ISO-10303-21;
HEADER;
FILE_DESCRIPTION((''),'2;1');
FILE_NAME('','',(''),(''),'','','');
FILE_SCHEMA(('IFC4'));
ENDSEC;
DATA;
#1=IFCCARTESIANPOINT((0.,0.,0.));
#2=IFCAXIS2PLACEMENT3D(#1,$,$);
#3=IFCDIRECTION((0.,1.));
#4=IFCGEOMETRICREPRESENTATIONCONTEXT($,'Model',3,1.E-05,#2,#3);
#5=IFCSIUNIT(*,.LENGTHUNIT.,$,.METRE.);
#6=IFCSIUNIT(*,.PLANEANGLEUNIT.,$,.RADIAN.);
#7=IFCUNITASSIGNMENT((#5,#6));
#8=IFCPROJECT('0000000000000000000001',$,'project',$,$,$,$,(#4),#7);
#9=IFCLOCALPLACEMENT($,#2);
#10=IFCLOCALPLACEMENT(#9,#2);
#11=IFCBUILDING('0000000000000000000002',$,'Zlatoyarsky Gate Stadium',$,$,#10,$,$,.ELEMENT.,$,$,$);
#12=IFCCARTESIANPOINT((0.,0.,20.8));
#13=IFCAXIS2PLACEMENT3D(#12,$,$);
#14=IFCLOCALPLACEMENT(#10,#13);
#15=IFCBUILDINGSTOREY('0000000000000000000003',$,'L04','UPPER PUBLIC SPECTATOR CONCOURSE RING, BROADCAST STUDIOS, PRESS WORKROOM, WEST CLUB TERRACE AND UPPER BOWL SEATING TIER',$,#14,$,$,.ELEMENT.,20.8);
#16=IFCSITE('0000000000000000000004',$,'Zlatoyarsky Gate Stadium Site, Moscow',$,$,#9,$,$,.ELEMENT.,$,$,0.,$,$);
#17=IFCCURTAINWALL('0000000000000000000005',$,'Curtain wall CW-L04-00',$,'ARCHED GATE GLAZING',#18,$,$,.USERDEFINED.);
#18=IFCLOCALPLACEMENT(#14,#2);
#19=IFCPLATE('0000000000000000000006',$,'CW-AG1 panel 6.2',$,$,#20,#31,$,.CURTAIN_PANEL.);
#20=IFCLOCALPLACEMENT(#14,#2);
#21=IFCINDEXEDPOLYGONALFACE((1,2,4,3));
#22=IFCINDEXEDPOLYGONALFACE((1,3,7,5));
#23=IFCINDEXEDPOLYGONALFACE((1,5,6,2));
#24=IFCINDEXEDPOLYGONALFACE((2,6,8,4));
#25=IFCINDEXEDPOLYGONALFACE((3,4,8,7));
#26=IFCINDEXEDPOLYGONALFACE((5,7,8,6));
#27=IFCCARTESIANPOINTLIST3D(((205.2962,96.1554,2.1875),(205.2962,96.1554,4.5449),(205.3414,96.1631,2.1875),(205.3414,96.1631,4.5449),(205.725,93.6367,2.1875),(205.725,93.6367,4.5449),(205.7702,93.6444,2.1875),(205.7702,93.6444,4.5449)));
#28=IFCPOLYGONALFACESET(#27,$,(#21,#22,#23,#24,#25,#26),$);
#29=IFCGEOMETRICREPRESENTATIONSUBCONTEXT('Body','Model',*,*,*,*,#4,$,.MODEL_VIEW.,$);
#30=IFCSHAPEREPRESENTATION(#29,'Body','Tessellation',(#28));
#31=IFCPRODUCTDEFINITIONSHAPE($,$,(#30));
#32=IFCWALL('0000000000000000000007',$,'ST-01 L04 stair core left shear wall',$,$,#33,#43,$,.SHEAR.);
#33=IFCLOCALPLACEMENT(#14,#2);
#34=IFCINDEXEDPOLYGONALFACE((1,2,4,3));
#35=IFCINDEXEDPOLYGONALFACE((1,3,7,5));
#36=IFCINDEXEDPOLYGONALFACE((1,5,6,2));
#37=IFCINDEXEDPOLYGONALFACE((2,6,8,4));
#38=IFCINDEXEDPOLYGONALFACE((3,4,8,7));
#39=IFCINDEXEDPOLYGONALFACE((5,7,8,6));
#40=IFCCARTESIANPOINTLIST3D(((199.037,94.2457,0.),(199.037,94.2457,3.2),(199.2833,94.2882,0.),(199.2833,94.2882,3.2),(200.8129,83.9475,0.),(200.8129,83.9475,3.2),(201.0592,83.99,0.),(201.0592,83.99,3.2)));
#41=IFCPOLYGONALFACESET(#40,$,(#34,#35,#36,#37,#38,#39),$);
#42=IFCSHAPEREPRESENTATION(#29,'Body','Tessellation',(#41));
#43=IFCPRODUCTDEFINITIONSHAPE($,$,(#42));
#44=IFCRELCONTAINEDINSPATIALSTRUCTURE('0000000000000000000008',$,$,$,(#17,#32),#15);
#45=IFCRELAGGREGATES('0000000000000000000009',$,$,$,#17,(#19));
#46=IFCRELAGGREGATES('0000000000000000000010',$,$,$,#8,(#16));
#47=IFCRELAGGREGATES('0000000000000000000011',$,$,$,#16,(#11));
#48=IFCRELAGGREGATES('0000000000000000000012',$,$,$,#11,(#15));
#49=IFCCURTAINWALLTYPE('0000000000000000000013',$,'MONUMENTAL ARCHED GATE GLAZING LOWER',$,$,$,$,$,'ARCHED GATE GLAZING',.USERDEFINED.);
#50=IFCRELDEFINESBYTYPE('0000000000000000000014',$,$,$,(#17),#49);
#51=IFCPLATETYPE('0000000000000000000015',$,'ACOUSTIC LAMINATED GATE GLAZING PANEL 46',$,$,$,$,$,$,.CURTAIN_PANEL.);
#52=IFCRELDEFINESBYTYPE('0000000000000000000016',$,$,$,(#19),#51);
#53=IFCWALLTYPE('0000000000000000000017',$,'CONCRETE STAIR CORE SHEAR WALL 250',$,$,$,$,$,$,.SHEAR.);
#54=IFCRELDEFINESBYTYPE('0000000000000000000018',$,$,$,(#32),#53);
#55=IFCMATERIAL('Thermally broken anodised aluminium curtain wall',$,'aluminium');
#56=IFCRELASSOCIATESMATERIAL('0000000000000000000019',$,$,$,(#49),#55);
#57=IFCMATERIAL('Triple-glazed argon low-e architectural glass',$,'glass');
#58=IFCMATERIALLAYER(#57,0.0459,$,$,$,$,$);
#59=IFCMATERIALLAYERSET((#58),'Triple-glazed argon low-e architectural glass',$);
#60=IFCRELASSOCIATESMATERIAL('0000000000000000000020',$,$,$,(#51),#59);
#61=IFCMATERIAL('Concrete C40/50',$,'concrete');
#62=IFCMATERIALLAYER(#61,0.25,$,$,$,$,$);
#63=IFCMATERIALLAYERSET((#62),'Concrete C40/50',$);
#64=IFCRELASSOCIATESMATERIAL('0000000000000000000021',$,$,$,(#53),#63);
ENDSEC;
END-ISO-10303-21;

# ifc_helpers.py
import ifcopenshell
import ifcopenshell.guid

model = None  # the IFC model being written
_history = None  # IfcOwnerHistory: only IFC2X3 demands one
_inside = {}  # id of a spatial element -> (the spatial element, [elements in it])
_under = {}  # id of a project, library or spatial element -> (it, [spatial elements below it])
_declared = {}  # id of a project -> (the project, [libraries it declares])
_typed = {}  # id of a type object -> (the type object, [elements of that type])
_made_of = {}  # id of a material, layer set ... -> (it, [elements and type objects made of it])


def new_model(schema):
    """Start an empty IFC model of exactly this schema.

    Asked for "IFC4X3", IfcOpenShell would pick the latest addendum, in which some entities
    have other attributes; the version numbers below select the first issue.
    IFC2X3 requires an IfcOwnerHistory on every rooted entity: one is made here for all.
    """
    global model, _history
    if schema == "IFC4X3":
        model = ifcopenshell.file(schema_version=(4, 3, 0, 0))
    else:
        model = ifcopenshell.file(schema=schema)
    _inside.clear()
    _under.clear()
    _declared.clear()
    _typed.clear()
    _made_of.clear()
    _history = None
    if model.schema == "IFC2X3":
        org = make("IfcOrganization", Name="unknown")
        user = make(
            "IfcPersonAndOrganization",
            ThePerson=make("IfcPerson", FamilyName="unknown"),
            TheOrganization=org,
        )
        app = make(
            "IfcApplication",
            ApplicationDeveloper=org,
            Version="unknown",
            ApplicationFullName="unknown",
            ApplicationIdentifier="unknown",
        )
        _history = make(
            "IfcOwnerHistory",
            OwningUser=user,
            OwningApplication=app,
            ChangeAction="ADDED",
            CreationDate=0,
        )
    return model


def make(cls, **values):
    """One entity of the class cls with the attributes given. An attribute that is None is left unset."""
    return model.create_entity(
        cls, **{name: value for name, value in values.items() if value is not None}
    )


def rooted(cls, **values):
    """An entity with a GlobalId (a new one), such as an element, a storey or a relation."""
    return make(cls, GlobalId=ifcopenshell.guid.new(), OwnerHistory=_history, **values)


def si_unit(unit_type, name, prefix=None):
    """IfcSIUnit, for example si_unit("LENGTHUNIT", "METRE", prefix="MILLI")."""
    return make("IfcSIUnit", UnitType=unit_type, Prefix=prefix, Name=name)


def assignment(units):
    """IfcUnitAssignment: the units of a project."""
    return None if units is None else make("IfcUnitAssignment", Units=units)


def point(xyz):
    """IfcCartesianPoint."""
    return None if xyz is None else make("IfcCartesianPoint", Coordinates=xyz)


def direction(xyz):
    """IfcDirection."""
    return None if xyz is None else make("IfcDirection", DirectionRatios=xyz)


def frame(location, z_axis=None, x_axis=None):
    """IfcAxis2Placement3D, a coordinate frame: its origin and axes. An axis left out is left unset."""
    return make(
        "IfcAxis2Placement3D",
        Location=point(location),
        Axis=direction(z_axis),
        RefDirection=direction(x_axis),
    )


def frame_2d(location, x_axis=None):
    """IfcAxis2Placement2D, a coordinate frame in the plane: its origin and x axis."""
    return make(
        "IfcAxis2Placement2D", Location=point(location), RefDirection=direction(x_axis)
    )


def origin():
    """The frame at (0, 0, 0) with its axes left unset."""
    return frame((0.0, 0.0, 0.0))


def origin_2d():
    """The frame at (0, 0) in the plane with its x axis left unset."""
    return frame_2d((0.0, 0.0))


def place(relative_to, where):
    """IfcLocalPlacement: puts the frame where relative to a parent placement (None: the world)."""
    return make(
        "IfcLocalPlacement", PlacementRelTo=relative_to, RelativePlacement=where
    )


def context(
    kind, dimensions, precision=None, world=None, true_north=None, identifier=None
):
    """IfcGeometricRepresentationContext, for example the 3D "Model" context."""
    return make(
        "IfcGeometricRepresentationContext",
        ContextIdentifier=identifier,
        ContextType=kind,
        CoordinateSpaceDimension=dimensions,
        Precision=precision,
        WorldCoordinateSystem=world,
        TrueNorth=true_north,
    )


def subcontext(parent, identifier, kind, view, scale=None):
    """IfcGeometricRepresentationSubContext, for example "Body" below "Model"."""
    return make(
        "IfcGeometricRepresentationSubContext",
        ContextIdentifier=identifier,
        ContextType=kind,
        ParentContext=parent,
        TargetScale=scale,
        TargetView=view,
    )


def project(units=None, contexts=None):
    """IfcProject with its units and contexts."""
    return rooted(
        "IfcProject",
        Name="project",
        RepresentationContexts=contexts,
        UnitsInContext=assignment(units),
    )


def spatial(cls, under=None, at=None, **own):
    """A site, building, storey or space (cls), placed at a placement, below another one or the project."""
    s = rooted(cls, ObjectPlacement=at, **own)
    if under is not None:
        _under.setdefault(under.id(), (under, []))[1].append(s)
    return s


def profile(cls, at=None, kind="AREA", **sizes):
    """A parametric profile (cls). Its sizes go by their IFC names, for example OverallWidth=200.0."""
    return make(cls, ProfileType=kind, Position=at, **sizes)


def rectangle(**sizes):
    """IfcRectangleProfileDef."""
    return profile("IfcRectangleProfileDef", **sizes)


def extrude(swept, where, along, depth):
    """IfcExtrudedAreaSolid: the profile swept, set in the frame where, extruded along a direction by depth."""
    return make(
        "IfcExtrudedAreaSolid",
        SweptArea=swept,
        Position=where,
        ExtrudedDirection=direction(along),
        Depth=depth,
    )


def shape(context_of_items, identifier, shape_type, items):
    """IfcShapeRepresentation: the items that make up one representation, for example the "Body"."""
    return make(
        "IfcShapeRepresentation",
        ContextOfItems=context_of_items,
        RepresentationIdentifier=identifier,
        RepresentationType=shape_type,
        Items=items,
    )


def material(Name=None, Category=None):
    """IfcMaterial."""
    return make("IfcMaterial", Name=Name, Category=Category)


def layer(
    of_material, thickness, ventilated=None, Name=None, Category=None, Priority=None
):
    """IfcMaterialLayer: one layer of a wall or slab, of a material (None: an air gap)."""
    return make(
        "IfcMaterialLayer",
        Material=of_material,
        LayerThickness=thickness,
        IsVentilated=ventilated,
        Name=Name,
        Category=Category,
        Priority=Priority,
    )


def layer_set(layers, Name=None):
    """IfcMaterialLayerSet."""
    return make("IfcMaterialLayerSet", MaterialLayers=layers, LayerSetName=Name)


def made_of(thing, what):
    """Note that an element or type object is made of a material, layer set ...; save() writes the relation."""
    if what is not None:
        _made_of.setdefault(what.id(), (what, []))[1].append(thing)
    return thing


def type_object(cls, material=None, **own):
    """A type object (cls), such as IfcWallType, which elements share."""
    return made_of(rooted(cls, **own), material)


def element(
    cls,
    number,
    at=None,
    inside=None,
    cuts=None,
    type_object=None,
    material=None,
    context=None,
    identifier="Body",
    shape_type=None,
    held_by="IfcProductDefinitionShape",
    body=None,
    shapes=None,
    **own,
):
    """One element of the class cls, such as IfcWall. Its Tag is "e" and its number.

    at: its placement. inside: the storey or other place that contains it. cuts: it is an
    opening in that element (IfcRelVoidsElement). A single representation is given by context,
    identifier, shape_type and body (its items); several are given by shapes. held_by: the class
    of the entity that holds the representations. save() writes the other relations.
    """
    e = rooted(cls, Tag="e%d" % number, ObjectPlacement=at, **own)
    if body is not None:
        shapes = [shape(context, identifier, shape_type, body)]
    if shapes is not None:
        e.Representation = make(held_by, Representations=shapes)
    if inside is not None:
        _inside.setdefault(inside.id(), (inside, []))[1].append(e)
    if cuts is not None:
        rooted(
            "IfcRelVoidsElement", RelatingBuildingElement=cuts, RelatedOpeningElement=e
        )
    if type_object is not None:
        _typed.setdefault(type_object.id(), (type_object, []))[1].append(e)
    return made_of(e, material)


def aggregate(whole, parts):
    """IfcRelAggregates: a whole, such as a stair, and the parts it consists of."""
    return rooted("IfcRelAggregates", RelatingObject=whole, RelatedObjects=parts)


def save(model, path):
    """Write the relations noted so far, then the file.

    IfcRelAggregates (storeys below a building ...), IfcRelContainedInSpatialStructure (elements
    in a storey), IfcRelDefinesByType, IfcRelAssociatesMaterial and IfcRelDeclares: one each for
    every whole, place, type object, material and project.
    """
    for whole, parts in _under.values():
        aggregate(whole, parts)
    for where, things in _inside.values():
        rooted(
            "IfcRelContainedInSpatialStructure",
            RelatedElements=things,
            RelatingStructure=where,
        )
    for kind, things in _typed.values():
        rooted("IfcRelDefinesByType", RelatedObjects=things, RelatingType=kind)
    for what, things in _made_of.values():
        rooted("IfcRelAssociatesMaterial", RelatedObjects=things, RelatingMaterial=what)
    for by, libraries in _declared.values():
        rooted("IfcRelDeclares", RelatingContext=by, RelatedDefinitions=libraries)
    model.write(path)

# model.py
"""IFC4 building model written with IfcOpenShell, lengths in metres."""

from ifc_helpers import new_model, si_unit, direction, frame, frame_2d, origin, origin_2d, place, context, subcontext, project, spatial, rectangle, extrude, material, layer, layer_set, type_object, element, aggregate, save


model = new_model("IFC4")

# Units and contexts
model_context = context("Model", 3, precision=1e-05, world=origin(), true_north=direction((0.0, 1.0)))
body_context = subcontext(model_context, "Body", "Model", "MODEL_VIEW")
ifc_project = project(units=[si_unit("LENGTHUNIT", "METRE"), si_unit("PLANEANGLEUNIT", "RADIAN")], contexts=[model_context])

# Site, building, storey
site_placement = place(None, origin())
site = spatial("IfcSite", under=ifc_project, at=site_placement, Name="Zlatoyarsky Gate Stadium Site, Moscow", CompositionType="ELEMENT", RefElevation=0.0)
building_placement = place(site_placement, origin())
building = spatial("IfcBuilding", under=site, at=building_placement, Name="Zlatoyarsky Gate Stadium", CompositionType="ELEMENT")
storey_placement = place(building_placement, frame((0.0, 0.0, 20.8)))
storey = spatial("IfcBuildingStorey", under=building, at=storey_placement, Name="L04", Description="UPPER PUBLIC SPECTATOR CONCOURSE RING, BROADCAST STUDIOS, PRESS WORKROOM, WEST CLUB TERRACE AND UPPER BOWL SEATING TIER", CompositionType="ELEMENT", Elevation=20.8)

# Curtain wall
ifc_material_1 = material(Name="Thermally broken anodised aluminium curtain wall", Category="aluminium")
curtain_wall_type = type_object("IfcCurtainWallType", Name="MONUMENTAL ARCHED GATE GLAZING LOWER", ElementType="ARCHED GATE GLAZING", PredefinedType="USERDEFINED", material=ifc_material_1)
curtain_wall_placement = place(storey_placement, origin())
curtain_wall = element("IfcCurtainWall", 1, at=curtain_wall_placement, inside=storey, type_object=curtain_wall_type, Name="Curtain wall CW-L04-00", ObjectType="ARCHED GATE GLAZING", PredefinedType="USERDEFINED")

# Plate
ifc_material_2 = material(Name="Triple-glazed argon low-e architectural glass", Category="glass")
ifc_layer_1 = layer(ifc_material_2, 0.0459)
ifc_layer_set_1 = layer_set([ifc_layer_1], Name="Triple-glazed argon low-e architectural glass")
plate_type = type_object("IfcPlateType", Name="ACOUSTIC LAMINATED GATE GLAZING PANEL 46", PredefinedType="CURTAIN_PANEL", material=ifc_layer_set_1)
plate_1_placement = place(storey_placement, frame((205.5332, 94.8999, 2.1875), z_axis=(0.0, 0.0, 1.0), x_axis=(-0.167821, 0.985817, 0.0)))
plate_1 = element("IfcPlate", 2, at=plate_1_placement, type_object=plate_type, Name="CW-AG1 panel 6.2", PredefinedType="CURTAIN_PANEL", context=body_context, shape_type="SweptSolid", body=[
    extrude(rectangle(XDim=2.5549, YDim=0.0459, at=origin_2d()), origin(), (0.0, 0.0, 1.0), 2.3574),
])
aggregate(curtain_wall, [plate_1])

# Wall
ifc_material_3 = material(Name="Concrete C40/50", Category="concrete")
ifc_layer_2 = layer(ifc_material_3, 0.25)
ifc_layer_set_2 = layer_set([ifc_layer_2], Name="Concrete C40/50")
wall_type = type_object("IfcWallType", Name="CONCRETE STAIR CORE SHEAR WALL 250", PredefinedType="SHEAR", material=ifc_layer_set_2)
wall_placement = place(storey_placement, frame((200.936, 83.9688, 0.0), z_axis=(0.0, 0.0, 1.0), x_axis=(-0.169939, 0.985455, 0.0)))
element("IfcWall", 3, at=wall_placement, inside=storey, type_object=wall_type, Name="ST-01 L04 stair core left shear wall", PredefinedType="SHEAR", context=body_context, shape_type="SweptSolid", body=[
    extrude(rectangle(XDim=10.4502, YDim=0.25, at=frame_2d((5.2251, 0.0))), origin(), (0.0, 0.0, 1.0), 3.2),
])

save(model, "model.ifc")
